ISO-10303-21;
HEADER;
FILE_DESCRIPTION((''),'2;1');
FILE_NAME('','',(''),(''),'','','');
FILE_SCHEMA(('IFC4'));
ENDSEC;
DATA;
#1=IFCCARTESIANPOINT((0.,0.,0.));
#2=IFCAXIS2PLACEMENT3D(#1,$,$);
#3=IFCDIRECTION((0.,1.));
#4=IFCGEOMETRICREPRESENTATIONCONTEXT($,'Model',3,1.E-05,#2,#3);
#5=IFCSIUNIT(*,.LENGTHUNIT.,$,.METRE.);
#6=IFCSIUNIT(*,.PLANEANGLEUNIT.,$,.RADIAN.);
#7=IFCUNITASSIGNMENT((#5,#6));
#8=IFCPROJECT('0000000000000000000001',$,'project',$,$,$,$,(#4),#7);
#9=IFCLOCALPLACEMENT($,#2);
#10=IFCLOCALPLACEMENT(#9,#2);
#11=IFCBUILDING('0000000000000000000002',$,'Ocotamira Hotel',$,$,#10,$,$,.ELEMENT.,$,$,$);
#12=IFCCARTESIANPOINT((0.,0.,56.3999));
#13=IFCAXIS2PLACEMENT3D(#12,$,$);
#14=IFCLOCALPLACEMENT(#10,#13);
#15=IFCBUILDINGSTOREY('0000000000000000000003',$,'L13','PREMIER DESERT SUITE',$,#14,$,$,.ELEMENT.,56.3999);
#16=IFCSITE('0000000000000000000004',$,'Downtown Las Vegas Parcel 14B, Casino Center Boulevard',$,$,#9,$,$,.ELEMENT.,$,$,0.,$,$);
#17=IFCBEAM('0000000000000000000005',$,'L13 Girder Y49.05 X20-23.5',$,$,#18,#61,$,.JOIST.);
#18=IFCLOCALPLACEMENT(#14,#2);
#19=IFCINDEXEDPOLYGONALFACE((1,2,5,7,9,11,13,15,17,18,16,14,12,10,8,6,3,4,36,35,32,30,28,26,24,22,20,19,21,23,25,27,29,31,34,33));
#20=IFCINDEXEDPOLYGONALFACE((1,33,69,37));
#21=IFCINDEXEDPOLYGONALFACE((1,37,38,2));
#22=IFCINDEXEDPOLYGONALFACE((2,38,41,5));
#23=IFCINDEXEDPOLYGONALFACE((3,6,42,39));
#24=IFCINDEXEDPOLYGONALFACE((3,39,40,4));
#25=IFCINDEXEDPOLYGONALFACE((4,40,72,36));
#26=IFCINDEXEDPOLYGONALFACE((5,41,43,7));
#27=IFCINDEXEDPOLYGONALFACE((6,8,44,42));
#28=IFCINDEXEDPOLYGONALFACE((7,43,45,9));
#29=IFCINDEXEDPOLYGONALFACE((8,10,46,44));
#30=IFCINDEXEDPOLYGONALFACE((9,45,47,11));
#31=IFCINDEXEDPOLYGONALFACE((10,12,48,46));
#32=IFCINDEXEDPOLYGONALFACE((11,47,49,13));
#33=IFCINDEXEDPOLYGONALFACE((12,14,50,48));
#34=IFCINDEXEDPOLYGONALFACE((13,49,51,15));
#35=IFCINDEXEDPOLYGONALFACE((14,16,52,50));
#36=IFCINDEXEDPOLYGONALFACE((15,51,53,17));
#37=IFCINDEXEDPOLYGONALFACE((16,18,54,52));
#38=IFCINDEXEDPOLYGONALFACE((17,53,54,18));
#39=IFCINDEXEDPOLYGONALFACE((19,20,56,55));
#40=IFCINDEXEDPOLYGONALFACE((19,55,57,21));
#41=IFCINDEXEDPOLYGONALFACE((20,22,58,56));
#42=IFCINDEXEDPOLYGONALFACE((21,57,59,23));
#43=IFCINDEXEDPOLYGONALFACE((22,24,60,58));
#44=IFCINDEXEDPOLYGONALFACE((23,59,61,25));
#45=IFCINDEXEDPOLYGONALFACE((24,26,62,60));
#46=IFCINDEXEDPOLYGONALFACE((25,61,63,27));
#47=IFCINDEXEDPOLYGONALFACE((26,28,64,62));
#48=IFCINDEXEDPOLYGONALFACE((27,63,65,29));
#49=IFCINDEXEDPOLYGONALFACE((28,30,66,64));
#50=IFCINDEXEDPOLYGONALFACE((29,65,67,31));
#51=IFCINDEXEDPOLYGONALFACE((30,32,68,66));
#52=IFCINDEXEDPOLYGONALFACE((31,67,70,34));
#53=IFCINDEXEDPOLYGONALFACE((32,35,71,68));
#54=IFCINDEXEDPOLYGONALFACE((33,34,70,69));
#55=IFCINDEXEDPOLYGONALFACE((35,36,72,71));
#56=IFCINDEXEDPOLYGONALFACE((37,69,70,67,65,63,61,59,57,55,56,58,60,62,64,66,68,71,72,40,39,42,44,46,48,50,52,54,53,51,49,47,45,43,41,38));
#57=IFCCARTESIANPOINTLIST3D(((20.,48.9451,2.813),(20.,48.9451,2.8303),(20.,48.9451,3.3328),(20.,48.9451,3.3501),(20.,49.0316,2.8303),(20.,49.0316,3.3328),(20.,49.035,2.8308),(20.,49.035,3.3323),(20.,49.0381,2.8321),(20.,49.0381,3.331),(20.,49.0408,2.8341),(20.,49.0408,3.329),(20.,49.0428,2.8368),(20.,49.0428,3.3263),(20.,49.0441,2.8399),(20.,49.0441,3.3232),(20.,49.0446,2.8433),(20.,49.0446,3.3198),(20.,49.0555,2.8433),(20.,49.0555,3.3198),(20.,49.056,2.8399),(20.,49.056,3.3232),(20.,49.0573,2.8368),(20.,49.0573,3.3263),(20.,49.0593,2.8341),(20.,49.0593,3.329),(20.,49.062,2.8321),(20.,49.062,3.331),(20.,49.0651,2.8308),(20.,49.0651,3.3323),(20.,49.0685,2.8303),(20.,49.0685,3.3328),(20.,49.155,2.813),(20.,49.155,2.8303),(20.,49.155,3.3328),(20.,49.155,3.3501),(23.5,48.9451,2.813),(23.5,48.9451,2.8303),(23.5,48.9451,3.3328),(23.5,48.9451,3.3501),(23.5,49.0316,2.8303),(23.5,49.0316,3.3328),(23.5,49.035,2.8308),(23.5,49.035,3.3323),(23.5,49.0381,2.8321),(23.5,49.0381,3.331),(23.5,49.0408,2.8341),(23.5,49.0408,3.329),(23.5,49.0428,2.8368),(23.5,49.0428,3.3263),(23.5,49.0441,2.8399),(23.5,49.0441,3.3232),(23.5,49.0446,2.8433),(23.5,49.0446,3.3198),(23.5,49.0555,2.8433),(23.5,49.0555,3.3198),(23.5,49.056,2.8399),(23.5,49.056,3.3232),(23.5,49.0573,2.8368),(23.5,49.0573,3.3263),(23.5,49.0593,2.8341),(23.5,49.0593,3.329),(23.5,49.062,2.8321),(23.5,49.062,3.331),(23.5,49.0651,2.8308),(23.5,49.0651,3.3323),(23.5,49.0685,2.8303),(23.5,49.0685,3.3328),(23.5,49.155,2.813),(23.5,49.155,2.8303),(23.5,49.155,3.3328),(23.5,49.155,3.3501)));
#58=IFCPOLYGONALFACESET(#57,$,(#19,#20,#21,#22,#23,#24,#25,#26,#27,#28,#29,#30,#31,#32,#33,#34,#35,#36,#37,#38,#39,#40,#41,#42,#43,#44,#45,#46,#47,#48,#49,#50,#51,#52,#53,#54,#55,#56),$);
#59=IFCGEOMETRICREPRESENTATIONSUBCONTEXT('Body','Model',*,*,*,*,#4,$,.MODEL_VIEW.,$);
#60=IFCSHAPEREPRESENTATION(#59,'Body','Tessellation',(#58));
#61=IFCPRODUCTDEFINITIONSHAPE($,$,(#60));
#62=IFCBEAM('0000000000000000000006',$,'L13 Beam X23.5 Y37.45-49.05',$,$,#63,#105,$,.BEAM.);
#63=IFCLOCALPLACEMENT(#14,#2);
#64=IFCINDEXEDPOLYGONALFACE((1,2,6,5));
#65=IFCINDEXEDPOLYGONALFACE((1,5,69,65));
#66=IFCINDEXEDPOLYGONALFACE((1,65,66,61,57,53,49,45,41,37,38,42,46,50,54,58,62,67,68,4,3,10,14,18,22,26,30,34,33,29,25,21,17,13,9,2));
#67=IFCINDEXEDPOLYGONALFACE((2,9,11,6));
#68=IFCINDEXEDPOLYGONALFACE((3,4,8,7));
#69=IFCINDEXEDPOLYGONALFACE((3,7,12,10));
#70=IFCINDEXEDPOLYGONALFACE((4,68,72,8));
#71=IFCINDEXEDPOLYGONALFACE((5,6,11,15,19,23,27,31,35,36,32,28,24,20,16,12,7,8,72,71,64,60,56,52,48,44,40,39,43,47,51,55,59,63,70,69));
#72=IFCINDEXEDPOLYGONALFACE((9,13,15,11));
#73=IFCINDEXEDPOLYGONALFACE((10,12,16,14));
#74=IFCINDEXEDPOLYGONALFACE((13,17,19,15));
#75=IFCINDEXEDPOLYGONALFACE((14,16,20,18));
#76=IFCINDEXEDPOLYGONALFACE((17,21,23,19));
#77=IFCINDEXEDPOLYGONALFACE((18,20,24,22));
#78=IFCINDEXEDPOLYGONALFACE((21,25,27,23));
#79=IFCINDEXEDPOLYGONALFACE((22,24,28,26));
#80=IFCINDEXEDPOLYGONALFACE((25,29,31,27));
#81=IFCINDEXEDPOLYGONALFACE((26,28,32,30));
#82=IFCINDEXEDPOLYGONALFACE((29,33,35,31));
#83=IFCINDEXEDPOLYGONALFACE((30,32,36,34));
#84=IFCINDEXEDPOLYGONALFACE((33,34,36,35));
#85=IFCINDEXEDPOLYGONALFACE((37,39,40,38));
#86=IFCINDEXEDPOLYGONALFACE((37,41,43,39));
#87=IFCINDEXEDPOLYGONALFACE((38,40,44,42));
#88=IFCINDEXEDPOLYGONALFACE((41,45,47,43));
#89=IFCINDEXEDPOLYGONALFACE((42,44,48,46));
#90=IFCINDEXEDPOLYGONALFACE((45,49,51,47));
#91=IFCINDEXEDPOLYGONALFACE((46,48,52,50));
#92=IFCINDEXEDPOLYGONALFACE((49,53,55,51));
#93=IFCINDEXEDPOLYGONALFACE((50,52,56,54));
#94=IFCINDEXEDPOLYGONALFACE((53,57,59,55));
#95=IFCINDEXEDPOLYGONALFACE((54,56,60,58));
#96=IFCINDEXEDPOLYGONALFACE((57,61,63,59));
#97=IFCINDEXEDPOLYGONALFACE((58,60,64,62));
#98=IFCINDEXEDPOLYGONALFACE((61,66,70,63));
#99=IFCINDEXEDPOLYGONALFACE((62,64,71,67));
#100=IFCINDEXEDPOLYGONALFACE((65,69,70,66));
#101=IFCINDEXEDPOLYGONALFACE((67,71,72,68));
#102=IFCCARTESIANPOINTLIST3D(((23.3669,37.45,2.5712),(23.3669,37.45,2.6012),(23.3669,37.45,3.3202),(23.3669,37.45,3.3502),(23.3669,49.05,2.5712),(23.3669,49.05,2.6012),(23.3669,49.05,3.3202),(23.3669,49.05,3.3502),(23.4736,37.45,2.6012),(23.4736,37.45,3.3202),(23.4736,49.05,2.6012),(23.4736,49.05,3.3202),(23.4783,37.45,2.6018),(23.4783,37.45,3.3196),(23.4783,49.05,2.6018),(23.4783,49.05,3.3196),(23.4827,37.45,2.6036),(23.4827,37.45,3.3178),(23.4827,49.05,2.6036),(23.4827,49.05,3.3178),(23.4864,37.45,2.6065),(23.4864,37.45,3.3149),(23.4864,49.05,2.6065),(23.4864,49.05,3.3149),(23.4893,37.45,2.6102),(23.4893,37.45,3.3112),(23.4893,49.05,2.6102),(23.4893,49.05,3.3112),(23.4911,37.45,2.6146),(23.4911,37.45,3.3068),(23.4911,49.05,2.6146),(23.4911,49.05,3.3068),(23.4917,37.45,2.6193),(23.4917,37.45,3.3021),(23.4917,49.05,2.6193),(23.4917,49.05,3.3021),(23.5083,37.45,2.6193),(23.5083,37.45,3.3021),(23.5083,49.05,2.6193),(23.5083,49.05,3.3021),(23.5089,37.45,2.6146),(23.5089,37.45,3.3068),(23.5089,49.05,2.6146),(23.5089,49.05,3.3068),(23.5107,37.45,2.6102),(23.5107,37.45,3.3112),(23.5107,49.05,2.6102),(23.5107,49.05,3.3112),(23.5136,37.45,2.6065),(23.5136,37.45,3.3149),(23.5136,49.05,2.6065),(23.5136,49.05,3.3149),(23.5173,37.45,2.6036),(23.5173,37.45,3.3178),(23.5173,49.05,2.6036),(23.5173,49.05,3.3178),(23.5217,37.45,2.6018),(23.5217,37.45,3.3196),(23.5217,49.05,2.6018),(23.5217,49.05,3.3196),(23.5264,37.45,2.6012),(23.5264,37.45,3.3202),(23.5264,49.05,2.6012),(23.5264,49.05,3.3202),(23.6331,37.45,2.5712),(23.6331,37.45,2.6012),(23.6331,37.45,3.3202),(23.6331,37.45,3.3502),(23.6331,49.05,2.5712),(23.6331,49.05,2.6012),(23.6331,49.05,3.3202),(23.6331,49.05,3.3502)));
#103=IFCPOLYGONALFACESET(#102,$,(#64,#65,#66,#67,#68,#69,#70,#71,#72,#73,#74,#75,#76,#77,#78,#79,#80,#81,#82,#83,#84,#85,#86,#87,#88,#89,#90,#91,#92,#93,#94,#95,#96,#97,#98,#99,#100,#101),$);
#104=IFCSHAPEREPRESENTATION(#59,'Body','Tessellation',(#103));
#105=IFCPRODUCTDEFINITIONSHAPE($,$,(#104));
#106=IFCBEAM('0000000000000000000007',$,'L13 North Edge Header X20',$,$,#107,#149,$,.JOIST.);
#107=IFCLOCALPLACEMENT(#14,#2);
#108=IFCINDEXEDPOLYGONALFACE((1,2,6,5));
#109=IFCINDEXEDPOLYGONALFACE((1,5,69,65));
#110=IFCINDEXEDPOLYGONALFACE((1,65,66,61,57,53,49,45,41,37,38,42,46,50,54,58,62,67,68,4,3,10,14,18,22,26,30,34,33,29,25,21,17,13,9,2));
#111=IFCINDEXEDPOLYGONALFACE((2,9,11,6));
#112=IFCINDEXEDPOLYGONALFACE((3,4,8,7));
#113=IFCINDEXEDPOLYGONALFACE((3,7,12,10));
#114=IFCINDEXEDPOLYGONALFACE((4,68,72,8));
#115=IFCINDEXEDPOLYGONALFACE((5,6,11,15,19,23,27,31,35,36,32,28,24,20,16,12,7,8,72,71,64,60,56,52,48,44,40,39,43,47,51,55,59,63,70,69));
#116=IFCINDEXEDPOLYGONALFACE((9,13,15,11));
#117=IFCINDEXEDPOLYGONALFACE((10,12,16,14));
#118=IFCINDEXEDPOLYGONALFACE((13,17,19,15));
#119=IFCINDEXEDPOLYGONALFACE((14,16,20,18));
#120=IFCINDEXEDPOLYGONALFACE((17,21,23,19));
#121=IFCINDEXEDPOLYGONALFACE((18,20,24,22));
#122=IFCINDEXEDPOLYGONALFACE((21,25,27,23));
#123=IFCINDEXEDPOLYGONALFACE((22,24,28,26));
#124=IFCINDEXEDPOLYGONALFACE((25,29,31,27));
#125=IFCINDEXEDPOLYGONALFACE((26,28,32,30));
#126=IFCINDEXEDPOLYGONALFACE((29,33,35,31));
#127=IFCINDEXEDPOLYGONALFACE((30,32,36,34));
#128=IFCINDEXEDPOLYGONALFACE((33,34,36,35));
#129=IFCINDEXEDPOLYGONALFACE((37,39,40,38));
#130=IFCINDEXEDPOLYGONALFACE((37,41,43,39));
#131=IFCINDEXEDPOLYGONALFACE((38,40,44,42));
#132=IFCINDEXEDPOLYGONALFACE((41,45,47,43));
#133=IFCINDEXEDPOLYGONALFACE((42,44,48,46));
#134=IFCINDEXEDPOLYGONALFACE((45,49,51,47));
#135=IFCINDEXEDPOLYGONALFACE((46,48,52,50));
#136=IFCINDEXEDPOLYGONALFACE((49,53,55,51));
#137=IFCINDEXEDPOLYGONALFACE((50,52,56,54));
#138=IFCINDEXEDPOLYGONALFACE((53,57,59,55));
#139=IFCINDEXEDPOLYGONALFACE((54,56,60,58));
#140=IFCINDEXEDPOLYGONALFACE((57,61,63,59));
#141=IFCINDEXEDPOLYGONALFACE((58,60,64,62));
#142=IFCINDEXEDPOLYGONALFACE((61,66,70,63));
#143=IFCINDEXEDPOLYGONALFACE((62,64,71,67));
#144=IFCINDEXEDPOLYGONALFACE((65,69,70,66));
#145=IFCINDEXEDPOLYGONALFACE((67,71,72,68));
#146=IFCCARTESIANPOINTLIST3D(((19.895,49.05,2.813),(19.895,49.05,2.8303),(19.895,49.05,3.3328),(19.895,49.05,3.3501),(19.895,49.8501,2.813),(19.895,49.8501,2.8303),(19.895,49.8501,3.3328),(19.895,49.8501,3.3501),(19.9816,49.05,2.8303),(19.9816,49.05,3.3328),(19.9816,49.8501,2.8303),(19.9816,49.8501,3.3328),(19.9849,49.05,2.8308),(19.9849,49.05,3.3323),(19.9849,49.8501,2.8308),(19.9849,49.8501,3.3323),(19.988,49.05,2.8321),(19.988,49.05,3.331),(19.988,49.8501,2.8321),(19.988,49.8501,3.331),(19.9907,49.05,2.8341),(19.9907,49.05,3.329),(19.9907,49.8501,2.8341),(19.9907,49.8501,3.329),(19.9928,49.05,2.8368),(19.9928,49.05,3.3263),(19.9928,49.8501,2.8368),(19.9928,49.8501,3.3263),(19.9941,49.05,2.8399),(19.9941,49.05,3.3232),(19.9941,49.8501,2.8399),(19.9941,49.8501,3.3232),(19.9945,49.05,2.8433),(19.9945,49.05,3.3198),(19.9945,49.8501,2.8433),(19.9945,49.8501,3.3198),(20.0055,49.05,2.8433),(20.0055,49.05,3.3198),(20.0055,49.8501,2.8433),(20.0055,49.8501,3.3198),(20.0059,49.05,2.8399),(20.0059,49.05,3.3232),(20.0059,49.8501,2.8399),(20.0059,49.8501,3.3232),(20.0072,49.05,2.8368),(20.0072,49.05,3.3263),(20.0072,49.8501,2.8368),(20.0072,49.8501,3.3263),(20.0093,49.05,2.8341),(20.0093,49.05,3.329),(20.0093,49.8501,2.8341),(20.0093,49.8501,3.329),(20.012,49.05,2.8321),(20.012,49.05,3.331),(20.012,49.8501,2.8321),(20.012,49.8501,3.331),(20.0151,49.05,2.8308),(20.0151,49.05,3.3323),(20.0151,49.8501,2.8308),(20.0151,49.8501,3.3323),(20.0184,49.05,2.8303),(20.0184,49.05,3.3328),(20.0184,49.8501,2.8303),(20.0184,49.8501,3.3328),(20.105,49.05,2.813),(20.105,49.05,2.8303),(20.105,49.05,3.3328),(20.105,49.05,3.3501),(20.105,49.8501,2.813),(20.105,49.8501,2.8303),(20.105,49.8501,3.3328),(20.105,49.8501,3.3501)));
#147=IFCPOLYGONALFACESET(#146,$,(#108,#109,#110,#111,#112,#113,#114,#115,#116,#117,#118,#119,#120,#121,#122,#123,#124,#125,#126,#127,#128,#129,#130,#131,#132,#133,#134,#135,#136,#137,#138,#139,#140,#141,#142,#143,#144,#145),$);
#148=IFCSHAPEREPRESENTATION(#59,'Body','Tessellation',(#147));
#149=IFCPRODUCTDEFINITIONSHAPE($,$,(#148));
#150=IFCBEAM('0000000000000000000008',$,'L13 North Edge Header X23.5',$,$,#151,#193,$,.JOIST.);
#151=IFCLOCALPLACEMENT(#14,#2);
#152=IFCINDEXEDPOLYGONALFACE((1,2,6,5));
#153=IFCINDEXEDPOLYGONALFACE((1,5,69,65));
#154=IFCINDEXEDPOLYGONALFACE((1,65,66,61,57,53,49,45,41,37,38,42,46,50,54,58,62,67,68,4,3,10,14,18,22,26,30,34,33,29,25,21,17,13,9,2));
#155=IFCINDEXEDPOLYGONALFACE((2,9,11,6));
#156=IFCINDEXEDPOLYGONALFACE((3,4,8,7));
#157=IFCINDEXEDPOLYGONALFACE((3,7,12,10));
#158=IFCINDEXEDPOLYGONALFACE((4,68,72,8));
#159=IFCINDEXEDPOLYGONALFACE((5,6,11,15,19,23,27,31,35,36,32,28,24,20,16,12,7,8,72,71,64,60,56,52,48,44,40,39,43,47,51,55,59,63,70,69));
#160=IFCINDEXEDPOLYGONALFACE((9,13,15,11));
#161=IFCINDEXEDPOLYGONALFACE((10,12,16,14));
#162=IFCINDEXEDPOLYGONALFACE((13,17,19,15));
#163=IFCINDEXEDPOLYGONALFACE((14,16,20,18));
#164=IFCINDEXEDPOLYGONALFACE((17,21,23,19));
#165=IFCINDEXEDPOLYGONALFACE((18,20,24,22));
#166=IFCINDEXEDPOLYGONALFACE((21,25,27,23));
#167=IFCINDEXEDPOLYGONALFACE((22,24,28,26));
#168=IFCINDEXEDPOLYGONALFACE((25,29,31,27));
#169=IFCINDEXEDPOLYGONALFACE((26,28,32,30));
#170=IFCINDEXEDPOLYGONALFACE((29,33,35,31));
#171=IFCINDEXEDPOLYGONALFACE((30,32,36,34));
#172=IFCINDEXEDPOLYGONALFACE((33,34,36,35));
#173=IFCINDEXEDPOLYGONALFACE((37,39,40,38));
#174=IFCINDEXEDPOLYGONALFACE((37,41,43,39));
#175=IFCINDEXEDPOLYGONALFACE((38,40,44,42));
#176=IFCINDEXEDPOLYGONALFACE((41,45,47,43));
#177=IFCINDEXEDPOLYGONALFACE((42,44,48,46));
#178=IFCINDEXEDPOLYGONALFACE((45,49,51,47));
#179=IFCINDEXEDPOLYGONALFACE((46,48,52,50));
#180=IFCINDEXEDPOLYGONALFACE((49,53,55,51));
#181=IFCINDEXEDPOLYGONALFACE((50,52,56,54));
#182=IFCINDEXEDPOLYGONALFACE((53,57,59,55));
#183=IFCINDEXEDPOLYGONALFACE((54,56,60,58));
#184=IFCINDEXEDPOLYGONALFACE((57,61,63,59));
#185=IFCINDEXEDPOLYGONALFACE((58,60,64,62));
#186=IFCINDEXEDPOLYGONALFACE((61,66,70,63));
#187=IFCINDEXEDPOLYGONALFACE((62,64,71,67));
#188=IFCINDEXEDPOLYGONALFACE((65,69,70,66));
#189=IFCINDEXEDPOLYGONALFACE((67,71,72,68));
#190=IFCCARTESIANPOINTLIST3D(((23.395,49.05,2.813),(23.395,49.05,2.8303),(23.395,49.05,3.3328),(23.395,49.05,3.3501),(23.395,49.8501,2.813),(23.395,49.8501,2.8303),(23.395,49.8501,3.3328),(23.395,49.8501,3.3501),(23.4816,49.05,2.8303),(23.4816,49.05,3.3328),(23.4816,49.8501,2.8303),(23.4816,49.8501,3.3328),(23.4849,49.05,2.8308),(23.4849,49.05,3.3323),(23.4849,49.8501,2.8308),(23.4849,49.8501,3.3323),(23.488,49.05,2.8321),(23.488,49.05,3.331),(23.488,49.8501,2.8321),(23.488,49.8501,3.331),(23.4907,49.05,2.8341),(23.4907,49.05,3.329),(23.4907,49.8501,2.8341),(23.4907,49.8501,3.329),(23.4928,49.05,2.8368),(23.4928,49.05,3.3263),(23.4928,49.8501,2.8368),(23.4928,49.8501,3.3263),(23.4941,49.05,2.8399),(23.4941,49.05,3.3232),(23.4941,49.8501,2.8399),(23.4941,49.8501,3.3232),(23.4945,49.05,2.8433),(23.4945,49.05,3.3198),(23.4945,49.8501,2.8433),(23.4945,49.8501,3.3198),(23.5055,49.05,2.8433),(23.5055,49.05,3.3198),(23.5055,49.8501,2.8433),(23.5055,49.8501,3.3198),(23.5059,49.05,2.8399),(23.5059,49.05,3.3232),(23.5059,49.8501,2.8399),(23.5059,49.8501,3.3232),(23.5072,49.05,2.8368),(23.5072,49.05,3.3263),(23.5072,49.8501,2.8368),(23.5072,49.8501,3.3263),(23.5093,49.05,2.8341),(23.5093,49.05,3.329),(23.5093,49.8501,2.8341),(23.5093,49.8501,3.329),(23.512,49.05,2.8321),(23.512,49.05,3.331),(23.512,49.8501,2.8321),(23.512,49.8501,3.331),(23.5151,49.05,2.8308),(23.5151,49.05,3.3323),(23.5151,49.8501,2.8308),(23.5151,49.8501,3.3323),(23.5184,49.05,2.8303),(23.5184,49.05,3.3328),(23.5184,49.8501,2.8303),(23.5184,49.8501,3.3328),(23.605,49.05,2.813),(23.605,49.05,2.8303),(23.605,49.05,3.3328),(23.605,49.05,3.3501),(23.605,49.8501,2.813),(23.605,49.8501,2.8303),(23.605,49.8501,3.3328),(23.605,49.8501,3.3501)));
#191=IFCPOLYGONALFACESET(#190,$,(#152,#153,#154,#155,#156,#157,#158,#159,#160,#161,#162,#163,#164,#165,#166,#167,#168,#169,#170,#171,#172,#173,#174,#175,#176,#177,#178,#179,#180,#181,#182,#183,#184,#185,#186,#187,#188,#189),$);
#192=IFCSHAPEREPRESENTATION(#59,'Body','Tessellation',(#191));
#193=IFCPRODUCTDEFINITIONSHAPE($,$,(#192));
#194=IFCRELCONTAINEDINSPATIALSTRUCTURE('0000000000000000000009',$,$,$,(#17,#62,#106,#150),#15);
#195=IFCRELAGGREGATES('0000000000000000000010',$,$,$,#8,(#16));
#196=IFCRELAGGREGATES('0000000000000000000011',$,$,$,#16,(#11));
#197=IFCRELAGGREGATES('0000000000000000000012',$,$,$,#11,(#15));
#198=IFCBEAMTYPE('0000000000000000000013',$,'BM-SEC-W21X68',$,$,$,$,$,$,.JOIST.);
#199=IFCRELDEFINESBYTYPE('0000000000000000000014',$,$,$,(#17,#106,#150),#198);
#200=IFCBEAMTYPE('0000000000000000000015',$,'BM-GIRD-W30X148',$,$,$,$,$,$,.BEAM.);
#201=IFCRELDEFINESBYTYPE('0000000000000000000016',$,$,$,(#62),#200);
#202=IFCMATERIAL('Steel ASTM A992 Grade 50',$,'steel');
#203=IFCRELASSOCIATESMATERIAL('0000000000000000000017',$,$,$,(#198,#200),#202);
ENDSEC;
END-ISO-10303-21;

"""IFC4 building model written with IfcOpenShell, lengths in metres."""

from ifc_helpers import new_model, si_unit, direction, frame, origin, origin_2d, place, context, subcontext, project, spatial, i_section, extrude, source, transform, mapped, material, material_profile, profile_set, type_object, element, save


model = new_model("IFC4")

# Units and contexts
model_context = context("Model", 3, precision=1e-05, world=origin(), true_north=direction((0.0, 1.0)))
body_context = subcontext(model_context, "Body", "Model", "MODEL_VIEW")
ifc_project = project(units=[si_unit("LENGTHUNIT", "METRE"), si_unit("PLANEANGLEUNIT", "RADIAN")], contexts=[model_context])

# Site, building, storey
site_placement = place(None, origin())
site = spatial("IfcSite", under=ifc_project, at=site_placement, Name="Downtown Las Vegas Parcel 14B, Casino Center Boulevard", CompositionType="ELEMENT", RefElevation=0.0)
building_placement = place(site_placement, origin())
building = spatial("IfcBuilding", under=site, at=building_placement, Name="Ocotamira Hotel", CompositionType="ELEMENT")
storey_placement = place(building_placement, frame((0.0, 0.0, 56.3999)))
storey = spatial("IfcBuildingStorey", under=building, at=storey_placement, Name="L13", Description="PREMIER DESERT SUITE", CompositionType="ELEMENT", Elevation=56.3999)

# Beams
ifc_material_1 = material(Name="Steel ASTM A992 Grade 50", Category="steel")
ifc_material_profile_1 = material_profile(ifc_material_1, i_section(OverallWidth=0.21, OverallDepth=0.5371, WebThickness=0.011, FlangeThickness=0.0173, FilletRadius=0.0129, at=origin_2d()), Name="W21X68")
ifc_profile_set_1 = profile_set([ifc_material_profile_1], Name="Steel ASTM A992 Grade 50")
beam_type_1 = type_object("IfcBeamType", Name="BM-SEC-W21X68", PredefinedType="JOIST", material=ifc_profile_set_1)
shared_shape_1 = source(origin(), body_context, "Body", "SweptSolid", [
    extrude(i_section(OverallWidth=0.21, OverallDepth=0.5371, WebThickness=0.011, FlangeThickness=0.0173, FilletRadius=0.0129, at=origin_2d()), origin(), (0.0, 0.0, 1.0), 3.5),
])
beam_1_placement = place(storey_placement, frame((20.0, 49.05, 3.0815), z_axis=(1.0, 0.0, 0.0), x_axis=(0.0, 1.0, 0.0)))
element("IfcBeam", 1, at=beam_1_placement, inside=storey, type_object=beam_type_1, Name="L13 Girder Y49.05 X20-23.5", PredefinedType="JOIST", context=body_context, shape_type="MappedRepresentation", body=[
    mapped(shared_shape_1, transform((0.0, 0.0, 0.0), scale=1.0)),
])
ifc_material_profile_2 = material_profile(ifc_material_1, i_section(OverallWidth=0.2661, OverallDepth=0.7791, WebThickness=0.0166, FlangeThickness=0.03, FilletRadius=0.0181, at=origin_2d()), Name="W30X148")
ifc_profile_set_2 = profile_set([ifc_material_profile_2], Name="Steel ASTM A992 Grade 50")
beam_type_2 = type_object("IfcBeamType", Name="BM-GIRD-W30X148", PredefinedType="BEAM", material=ifc_profile_set_2)
shared_shape_2 = source(origin(), body_context, "Body", "SweptSolid", [
    extrude(i_section(OverallWidth=0.2661, OverallDepth=0.7791, WebThickness=0.0166, FlangeThickness=0.03, FilletRadius=0.0181, at=origin_2d()), origin(), (0.0, 0.0, 1.0), 11.6001),
])
beam_2_placement = place(storey_placement, frame((23.5, 37.45, 2.9607), z_axis=(0.0, 1.0, 0.0), x_axis=(-1.0, 0.0, 0.0)))
element("IfcBeam", 2, at=beam_2_placement, inside=storey, type_object=beam_type_2, Name="L13 Beam X23.5 Y37.45-49.05", PredefinedType="BEAM", context=body_context, shape_type="MappedRepresentation", body=[
    mapped(shared_shape_2, transform((0.0, 0.0, 0.0), scale=1.0)),
])
shared_shape_3 = source(origin(), body_context, "Body", "SweptSolid", [
    extrude(i_section(OverallWidth=0.21, OverallDepth=0.5371, WebThickness=0.011, FlangeThickness=0.0173, FilletRadius=0.0129, at=origin_2d()), origin(), (0.0, 0.0, 1.0), 0.8),
])
for number, where, z_axis, x_axis, name in (
    (3, (20.0, 49.05, 3.0815), (0.0, 1.0, 0.0), (-1.0, 0.0, 0.0), "L13 North Edge Header X20"),
    (4, (23.5, 49.05, 3.0815), (0.0, 1.0, 0.0), (-1.0, 0.0, 0.0), "L13 North Edge Header X23.5"),
):
    element("IfcBeam", number, at=place(storey_placement, frame(where, z_axis=z_axis, x_axis=x_axis)), inside=storey, type_object=beam_type_1, Name=name, PredefinedType="JOIST", context=body_context, shape_type="MappedRepresentation", body=[
        mapped(shared_shape_3, transform((0.0, 0.0, 0.0), scale=1.0)),
    ])

save(model, "model.ifc")
